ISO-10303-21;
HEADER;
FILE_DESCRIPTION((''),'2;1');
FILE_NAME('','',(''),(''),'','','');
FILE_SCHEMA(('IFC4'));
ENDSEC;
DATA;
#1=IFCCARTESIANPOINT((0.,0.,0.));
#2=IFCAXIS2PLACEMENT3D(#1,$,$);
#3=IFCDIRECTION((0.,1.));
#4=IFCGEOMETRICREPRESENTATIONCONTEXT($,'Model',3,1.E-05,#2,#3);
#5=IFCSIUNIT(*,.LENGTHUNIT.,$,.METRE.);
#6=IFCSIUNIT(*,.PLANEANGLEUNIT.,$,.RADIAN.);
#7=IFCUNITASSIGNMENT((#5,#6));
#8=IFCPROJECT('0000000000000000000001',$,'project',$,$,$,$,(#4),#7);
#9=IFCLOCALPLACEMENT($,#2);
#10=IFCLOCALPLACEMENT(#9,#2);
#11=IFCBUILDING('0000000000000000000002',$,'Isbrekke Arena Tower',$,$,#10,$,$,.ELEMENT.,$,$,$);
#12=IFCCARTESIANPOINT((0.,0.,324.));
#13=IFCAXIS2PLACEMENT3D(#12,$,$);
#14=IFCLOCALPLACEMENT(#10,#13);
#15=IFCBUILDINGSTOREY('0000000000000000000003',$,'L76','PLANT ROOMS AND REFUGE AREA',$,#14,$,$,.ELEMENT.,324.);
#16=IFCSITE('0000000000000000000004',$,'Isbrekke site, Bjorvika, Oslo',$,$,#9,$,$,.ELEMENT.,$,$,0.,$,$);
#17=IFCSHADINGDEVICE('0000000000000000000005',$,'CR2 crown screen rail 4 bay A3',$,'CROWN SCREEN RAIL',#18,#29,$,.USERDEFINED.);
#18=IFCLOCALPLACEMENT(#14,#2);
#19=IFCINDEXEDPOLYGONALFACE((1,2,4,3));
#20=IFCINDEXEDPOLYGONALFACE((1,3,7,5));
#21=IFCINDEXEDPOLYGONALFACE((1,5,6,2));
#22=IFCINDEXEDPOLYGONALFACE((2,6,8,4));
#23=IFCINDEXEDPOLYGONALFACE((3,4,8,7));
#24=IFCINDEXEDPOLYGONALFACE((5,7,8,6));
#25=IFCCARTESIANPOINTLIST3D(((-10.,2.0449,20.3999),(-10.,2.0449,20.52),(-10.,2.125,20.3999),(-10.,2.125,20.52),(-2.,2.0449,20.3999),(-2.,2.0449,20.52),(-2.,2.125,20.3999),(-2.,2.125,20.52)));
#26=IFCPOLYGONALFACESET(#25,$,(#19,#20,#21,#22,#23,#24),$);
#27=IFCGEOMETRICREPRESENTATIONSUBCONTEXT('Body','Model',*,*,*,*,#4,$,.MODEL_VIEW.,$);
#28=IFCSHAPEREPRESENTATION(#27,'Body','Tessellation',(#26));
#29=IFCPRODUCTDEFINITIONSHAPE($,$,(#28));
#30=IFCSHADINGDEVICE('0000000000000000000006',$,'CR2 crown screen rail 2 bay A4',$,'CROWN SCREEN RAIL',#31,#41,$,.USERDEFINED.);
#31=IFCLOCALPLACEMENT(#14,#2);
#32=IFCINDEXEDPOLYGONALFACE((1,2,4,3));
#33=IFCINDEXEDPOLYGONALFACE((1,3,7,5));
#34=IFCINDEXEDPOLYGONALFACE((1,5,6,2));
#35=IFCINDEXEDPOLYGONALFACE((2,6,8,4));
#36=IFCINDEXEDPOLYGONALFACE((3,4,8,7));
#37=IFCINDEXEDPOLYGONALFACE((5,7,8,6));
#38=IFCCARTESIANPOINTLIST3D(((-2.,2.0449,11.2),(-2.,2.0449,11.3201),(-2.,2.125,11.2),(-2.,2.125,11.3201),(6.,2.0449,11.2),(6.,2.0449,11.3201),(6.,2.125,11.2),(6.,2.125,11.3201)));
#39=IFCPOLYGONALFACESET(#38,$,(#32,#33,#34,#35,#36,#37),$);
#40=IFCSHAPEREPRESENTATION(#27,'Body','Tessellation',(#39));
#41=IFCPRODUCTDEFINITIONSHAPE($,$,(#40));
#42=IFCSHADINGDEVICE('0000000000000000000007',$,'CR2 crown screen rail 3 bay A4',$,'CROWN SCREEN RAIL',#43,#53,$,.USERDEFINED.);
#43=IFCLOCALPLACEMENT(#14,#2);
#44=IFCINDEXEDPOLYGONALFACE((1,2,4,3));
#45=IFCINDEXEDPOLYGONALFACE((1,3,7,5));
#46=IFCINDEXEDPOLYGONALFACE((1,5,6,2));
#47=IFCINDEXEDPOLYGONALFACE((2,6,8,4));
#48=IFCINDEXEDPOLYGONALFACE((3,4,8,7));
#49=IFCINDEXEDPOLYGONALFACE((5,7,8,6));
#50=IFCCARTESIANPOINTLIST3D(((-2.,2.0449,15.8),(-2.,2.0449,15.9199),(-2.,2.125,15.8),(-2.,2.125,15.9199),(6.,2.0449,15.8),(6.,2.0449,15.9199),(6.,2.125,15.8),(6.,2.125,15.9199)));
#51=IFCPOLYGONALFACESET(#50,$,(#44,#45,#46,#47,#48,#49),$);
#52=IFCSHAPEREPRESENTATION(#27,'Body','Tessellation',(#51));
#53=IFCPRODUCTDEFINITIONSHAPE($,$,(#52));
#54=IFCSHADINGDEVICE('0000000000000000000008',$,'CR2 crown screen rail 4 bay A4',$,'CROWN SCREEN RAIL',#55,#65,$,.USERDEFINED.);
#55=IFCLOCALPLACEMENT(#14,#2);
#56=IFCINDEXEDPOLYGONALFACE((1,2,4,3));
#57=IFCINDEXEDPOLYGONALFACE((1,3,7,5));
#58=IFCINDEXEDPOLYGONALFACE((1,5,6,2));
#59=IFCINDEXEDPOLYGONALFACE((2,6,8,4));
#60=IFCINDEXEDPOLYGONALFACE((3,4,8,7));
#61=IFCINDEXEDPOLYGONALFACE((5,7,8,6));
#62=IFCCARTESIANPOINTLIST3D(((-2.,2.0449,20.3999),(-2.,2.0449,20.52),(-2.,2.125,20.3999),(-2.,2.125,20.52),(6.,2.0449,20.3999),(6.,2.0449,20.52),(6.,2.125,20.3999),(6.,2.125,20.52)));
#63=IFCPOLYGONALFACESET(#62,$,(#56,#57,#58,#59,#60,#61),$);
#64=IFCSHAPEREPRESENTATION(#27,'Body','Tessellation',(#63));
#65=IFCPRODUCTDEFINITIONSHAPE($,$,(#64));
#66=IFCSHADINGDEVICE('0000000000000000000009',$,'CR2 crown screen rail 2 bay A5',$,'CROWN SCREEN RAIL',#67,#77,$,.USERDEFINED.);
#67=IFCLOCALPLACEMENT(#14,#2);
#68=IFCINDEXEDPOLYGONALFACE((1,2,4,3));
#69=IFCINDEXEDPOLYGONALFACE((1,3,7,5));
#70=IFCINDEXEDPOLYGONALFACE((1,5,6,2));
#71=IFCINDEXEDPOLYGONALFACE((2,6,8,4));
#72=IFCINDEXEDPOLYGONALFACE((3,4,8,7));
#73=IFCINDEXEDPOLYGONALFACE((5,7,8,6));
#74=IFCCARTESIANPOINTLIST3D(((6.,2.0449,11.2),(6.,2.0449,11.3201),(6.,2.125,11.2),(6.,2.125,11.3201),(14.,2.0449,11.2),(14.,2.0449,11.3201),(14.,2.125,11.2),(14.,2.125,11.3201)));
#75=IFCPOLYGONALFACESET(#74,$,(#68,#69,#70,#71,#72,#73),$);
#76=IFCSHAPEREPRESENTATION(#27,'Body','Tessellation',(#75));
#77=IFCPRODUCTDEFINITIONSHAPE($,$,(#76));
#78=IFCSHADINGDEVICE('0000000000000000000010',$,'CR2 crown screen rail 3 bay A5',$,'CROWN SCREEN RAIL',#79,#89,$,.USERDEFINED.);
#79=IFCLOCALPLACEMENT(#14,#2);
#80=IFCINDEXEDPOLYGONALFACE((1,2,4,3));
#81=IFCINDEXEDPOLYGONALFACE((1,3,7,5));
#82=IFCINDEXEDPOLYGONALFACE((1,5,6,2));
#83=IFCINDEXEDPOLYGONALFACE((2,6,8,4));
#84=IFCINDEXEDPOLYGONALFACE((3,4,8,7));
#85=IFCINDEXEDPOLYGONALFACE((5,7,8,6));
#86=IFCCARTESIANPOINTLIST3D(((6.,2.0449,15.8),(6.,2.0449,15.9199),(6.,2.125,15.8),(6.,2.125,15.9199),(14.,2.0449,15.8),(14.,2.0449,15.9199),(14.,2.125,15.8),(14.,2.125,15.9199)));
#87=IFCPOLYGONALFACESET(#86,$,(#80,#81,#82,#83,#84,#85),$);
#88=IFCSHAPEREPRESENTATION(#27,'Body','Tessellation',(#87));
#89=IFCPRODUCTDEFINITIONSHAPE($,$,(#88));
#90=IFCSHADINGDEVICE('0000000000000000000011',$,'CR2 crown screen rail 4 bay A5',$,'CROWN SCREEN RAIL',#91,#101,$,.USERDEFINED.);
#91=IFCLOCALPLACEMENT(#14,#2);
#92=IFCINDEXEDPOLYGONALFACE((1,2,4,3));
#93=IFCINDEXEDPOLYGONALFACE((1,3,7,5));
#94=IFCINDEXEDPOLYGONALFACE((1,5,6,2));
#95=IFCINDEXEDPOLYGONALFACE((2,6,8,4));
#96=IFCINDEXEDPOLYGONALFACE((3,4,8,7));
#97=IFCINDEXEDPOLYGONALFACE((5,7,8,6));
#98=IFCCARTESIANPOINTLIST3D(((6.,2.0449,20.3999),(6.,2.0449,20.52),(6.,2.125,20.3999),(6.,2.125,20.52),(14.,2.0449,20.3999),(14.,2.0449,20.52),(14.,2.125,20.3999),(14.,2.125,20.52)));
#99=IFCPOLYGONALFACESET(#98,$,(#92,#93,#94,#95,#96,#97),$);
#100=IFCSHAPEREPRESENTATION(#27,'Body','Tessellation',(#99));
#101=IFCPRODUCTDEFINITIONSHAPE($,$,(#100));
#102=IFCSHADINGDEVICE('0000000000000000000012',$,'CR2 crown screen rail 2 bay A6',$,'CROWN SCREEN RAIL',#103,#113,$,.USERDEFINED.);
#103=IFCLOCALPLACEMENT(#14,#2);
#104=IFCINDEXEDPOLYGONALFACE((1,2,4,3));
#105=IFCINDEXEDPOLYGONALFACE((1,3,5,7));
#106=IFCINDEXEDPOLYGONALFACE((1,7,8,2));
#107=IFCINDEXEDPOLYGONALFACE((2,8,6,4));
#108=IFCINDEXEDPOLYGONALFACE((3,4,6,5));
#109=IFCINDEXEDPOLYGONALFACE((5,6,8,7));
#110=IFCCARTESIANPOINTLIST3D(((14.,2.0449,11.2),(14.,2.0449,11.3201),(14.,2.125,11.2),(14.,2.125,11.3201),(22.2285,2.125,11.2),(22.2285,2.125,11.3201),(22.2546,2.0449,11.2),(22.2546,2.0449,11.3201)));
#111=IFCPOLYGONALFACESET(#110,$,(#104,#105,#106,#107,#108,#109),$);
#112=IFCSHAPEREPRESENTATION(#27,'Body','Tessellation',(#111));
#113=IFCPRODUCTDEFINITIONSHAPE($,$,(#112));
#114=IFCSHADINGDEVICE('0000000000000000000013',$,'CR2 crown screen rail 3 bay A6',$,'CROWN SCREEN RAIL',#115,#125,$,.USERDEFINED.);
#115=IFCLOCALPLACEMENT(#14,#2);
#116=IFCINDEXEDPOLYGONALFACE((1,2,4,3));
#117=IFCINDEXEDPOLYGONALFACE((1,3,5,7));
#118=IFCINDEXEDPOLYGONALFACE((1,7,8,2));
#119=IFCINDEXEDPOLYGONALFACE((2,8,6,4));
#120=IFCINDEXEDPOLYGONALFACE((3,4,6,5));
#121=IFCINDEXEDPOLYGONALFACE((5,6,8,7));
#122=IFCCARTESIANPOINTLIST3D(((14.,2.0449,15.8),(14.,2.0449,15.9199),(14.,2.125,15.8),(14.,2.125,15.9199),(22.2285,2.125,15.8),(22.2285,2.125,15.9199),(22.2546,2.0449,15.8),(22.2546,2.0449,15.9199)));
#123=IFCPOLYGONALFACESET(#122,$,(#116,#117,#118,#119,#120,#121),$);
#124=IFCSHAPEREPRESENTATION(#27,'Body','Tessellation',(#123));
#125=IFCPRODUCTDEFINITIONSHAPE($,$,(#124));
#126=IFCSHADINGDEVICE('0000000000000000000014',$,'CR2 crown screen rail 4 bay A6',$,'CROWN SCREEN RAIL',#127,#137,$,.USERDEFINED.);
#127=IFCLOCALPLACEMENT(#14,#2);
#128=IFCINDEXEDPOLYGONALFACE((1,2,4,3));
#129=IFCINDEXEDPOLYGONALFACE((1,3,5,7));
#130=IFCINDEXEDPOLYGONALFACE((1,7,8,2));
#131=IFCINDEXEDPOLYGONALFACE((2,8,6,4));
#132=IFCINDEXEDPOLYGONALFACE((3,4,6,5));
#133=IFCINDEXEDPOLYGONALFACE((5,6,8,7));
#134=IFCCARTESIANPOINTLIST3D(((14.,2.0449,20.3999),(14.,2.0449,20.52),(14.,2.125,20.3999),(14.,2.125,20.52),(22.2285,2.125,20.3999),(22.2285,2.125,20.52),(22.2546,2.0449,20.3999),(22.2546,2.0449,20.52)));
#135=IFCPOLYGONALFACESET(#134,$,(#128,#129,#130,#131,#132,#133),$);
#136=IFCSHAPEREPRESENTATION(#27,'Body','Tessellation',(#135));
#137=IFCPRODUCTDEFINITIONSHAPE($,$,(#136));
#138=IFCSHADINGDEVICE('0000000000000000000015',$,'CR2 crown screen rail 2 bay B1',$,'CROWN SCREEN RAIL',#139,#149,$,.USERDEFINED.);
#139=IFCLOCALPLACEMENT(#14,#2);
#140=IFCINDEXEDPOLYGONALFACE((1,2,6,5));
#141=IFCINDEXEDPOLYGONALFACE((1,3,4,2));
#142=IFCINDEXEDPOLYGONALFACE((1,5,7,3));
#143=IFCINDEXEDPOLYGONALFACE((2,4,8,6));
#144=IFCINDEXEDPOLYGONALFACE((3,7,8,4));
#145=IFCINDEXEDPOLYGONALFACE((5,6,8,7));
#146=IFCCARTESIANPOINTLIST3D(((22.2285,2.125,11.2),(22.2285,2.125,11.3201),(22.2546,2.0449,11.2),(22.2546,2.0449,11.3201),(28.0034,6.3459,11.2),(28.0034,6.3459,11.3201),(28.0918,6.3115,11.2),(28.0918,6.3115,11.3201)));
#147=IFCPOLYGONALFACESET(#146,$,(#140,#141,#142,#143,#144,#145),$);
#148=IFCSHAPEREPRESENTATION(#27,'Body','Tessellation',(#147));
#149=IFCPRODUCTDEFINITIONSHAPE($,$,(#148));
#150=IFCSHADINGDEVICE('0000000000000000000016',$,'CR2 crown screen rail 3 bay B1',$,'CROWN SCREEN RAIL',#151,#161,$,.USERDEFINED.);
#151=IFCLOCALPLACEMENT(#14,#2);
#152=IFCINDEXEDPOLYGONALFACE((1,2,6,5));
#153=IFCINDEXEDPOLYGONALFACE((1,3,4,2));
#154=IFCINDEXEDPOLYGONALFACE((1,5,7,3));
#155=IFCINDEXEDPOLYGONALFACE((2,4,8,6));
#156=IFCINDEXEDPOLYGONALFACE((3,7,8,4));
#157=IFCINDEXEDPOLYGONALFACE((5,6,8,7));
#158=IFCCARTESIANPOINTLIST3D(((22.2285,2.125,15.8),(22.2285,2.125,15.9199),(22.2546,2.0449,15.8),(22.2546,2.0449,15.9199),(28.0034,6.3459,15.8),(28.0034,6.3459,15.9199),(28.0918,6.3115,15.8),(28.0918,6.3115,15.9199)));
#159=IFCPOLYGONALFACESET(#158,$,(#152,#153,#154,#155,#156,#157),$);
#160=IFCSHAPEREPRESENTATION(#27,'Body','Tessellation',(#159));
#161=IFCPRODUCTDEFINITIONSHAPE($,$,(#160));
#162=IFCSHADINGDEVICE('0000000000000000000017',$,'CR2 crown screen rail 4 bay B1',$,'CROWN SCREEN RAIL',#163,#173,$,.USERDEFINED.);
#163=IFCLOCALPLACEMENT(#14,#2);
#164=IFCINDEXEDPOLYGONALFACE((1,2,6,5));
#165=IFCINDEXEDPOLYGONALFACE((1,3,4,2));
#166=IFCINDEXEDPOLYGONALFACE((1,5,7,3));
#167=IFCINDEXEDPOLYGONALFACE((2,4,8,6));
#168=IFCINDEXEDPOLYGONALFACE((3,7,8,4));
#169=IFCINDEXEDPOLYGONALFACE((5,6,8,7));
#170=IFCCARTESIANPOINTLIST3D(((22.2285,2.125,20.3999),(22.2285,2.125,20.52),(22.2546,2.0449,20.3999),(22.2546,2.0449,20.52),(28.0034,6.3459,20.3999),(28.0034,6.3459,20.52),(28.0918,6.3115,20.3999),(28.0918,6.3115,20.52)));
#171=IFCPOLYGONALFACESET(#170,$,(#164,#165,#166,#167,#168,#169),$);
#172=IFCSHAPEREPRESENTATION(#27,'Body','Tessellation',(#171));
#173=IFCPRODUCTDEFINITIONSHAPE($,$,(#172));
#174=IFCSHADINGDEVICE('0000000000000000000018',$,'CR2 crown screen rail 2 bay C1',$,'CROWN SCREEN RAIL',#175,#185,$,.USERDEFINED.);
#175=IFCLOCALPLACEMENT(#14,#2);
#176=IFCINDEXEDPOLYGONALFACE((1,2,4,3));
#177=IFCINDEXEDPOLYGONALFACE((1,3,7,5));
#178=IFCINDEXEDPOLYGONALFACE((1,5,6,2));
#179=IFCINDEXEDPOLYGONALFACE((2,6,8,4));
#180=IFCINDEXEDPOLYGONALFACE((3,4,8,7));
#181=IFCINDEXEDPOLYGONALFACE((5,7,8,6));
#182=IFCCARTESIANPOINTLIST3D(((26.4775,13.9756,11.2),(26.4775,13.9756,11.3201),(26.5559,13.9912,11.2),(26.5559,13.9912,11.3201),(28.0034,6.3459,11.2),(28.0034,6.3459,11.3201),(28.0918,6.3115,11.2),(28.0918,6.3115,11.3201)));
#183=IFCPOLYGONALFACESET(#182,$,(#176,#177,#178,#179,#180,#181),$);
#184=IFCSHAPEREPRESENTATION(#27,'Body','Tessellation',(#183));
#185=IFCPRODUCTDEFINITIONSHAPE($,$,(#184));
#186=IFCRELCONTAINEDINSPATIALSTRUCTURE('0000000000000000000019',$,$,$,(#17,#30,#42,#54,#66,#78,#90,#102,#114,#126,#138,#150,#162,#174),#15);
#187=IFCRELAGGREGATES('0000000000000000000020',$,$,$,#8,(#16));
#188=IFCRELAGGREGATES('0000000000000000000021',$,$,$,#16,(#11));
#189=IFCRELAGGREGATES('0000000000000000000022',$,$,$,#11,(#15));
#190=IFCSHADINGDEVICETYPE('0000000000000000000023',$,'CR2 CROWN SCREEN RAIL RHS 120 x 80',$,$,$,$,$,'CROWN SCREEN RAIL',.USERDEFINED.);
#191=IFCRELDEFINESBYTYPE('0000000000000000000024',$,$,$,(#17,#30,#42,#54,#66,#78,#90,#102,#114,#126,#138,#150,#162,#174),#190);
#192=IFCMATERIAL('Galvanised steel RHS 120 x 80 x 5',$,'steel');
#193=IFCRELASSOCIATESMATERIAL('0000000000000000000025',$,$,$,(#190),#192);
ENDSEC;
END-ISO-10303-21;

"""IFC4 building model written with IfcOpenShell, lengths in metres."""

from ifc_helpers import new_model, si_unit, direction, frame, origin, place, context, subcontext, project, spatial, polyline, outline, extrude, material, type_object, element, save


model = new_model("IFC4")

# Units and contexts
model_context = context("Model", 3, precision=1e-05, world=origin(), true_north=direction((0.0, 1.0)))
body_context = subcontext(model_context, "Body", "Model", "MODEL_VIEW")
ifc_project = project(units=[si_unit("LENGTHUNIT", "METRE"), si_unit("PLANEANGLEUNIT", "RADIAN")], contexts=[model_context])

# Site, building, storey
site_placement = place(None, origin())
site = spatial("IfcSite", under=ifc_project, at=site_placement, Name="Isbrekke site, Bjorvika, Oslo", CompositionType="ELEMENT", RefElevation=0.0)
building_placement = place(site_placement, origin())
building = spatial("IfcBuilding", under=site, at=building_placement, Name="Isbrekke Arena Tower", CompositionType="ELEMENT")
storey_placement = place(building_placement, frame((0.0, 0.0, 324.0)))
storey = spatial("IfcBuildingStorey", under=building, at=storey_placement, Name="L76", Description="PLANT ROOMS AND REFUGE AREA", CompositionType="ELEMENT", Elevation=324.0)

# Shading devices
ifc_material_1 = material(Name="Galvanised steel RHS 120 x 80 x 5", Category="steel")
shading_device_type_1 = type_object("IfcShadingDeviceType", Name="CR2 CROWN SCREEN RAIL RHS 120 x 80", ElementType="CROWN SCREEN RAIL", PredefinedType="USERDEFINED", material=ifc_material_1)
shading_device_1_placement = place(storey_placement, frame((0.0, 0.0, 20.3999)))
element("IfcShadingDevice", 1, at=shading_device_1_placement, inside=storey, type_object=shading_device_type_1, Name="CR2 crown screen rail 4 bay A3", ObjectType="CROWN SCREEN RAIL", PredefinedType="USERDEFINED", context=body_context, shape_type="SweptSolid", body=[
    extrude(outline(polyline([(-10.0, 2.125), (-2.0, 2.125), (-2.0, 2.0449), (-10.0, 2.0449), (-10.0, 2.125)])), origin(), (0.0, 0.0, 1.0), 0.1201),
])
shading_device_2_placement = place(storey_placement, frame((0.0, 0.0, 11.2)))
element("IfcShadingDevice", 2, at=shading_device_2_placement, inside=storey, type_object=shading_device_type_1, Name="CR2 crown screen rail 2 bay A4", ObjectType="CROWN SCREEN RAIL", PredefinedType="USERDEFINED", context=body_context, shape_type="SweptSolid", body=[
    extrude(outline(polyline([(-2.0, 2.125), (6.0, 2.125), (6.0, 2.0449), (-2.0, 2.0449), (-2.0, 2.125)])), origin(), (0.0, 0.0, 1.0), 0.1201),
])
shading_device_3_placement = place(storey_placement, frame((0.0, 0.0, 15.8)))
element("IfcShadingDevice", 3, at=shading_device_3_placement, inside=storey, type_object=shading_device_type_1, Name="CR2 crown screen rail 3 bay A4", ObjectType="CROWN SCREEN RAIL", PredefinedType="USERDEFINED", context=body_context, shape_type="SweptSolid", body=[
    extrude(outline(polyline([(-2.0, 2.125), (6.0, 2.125), (6.0, 2.0449), (-2.0, 2.0449), (-2.0, 2.125)])), origin(), (0.0, 0.0, 1.0), 0.1199),
])
shading_device_4_placement = place(storey_placement, frame((0.0, 0.0, 20.3999)))
element("IfcShadingDevice", 4, at=shading_device_4_placement, inside=storey, type_object=shading_device_type_1, Name="CR2 crown screen rail 4 bay A4", ObjectType="CROWN SCREEN RAIL", PredefinedType="USERDEFINED", context=body_context, shape_type="SweptSolid", body=[
    extrude(outline(polyline([(-2.0, 2.125), (6.0, 2.125), (6.0, 2.0449), (-2.0, 2.0449), (-2.0, 2.125)])), origin(), (0.0, 0.0, 1.0), 0.1201),
])
shading_device_5_placement = place(storey_placement, frame((0.0, 0.0, 11.2)))
element("IfcShadingDevice", 5, at=shading_device_5_placement, inside=storey, type_object=shading_device_type_1, Name="CR2 crown screen rail 2 bay A5", ObjectType="CROWN SCREEN RAIL", PredefinedType="USERDEFINED", context=body_context, shape_type="SweptSolid", body=[
    extrude(outline(polyline([(6.0, 2.125), (14.0, 2.125), (14.0, 2.0449), (6.0, 2.0449), (6.0, 2.125)])), origin(), (0.0, 0.0, 1.0), 0.1201),
])
shading_device_6_placement = place(storey_placement, frame((0.0, 0.0, 15.8)))
element("IfcShadingDevice", 6, at=shading_device_6_placement, inside=storey, type_object=shading_device_type_1, Name="CR2 crown screen rail 3 bay A5", ObjectType="CROWN SCREEN RAIL", PredefinedType="USERDEFINED", context=body_context, shape_type="SweptSolid", body=[
    extrude(outline(polyline([(6.0, 2.125), (14.0, 2.125), (14.0, 2.0449), (6.0, 2.0449), (6.0, 2.125)])), origin(), (0.0, 0.0, 1.0), 0.1199),
])
shading_device_7_placement = place(storey_placement, frame((0.0, 0.0, 20.3999)))
element("IfcShadingDevice", 7, at=shading_device_7_placement, inside=storey, type_object=shading_device_type_1, Name="CR2 crown screen rail 4 bay A5", ObjectType="CROWN SCREEN RAIL", PredefinedType="USERDEFINED", context=body_context, shape_type="SweptSolid", body=[
    extrude(outline(polyline([(6.0, 2.125), (14.0, 2.125), (14.0, 2.0449), (6.0, 2.0449), (6.0, 2.125)])), origin(), (0.0, 0.0, 1.0), 0.1201),
])
shading_device_8_placement = place(storey_placement, frame((0.0, 0.0, 11.2)))
element("IfcShadingDevice", 8, at=shading_device_8_placement, inside=storey, type_object=shading_device_type_1, Name="CR2 crown screen rail 2 bay A6", ObjectType="CROWN SCREEN RAIL", PredefinedType="USERDEFINED", context=body_context, shape_type="SweptSolid", body=[
    extrude(outline(polyline([(14.0, 2.125), (22.2285, 2.125), (22.2546, 2.0449), (14.0, 2.0449), (14.0, 2.125)])), origin(), (0.0, 0.0, 1.0), 0.1201),
])
shading_device_9_placement = place(storey_placement, frame((0.0, 0.0, 15.8)))
element("IfcShadingDevice", 9, at=shading_device_9_placement, inside=storey, type_object=shading_device_type_1, Name="CR2 crown screen rail 3 bay A6", ObjectType="CROWN SCREEN RAIL", PredefinedType="USERDEFINED", context=body_context, shape_type="SweptSolid", body=[
    extrude(outline(polyline([(14.0, 2.125), (22.2285, 2.125), (22.2546, 2.0449), (14.0, 2.0449), (14.0, 2.125)])), origin(), (0.0, 0.0, 1.0), 0.1199),
])
shading_device_10_placement = place(storey_placement, frame((0.0, 0.0, 20.3999)))
element("IfcShadingDevice", 10, at=shading_device_10_placement, inside=storey, type_object=shading_device_type_1, Name="CR2 crown screen rail 4 bay A6", ObjectType="CROWN SCREEN RAIL", PredefinedType="USERDEFINED", context=body_context, shape_type="SweptSolid", body=[
    extrude(outline(polyline([(14.0, 2.125), (22.2285, 2.125), (22.2546, 2.0449), (14.0, 2.0449), (14.0, 2.125)])), origin(), (0.0, 0.0, 1.0), 0.1201),
])
shading_device_11_placement = place(storey_placement, frame((0.0, 0.0, 11.2)))
element("IfcShadingDevice", 11, at=shading_device_11_placement, inside=storey, type_object=shading_device_type_1, Name="CR2 crown screen rail 2 bay B1", ObjectType="CROWN SCREEN RAIL", PredefinedType="USERDEFINED", context=body_context, shape_type="SweptSolid", body=[
    extrude(outline(polyline([(22.2285, 2.125), (28.0034, 6.3459), (28.0918, 6.3115), (22.2546, 2.0449), (22.2285, 2.125)])), origin(), (0.0, 0.0, 1.0), 0.1201),
])
shading_device_12_placement = place(storey_placement, frame((0.0, 0.0, 15.8)))
element("IfcShadingDevice", 12, at=shading_device_12_placement, inside=storey, type_object=shading_device_type_1, Name="CR2 crown screen rail 3 bay B1", ObjectType="CROWN SCREEN RAIL", PredefinedType="USERDEFINED", context=body_context, shape_type="SweptSolid", body=[
    extrude(outline(polyline([(22.2285, 2.125), (28.0034, 6.3459), (28.0918, 6.3115), (22.2546, 2.0449), (22.2285, 2.125)])), origin(), (0.0, 0.0, 1.0), 0.1199),
])
shading_device_13_placement = place(storey_placement, frame((0.0, 0.0, 20.3999)))
element("IfcShadingDevice", 13, at=shading_device_13_placement, inside=storey, type_object=shading_device_type_1, Name="CR2 crown screen rail 4 bay B1", ObjectType="CROWN SCREEN RAIL", PredefinedType="USERDEFINED", context=body_context, shape_type="SweptSolid", body=[
    extrude(outline(polyline([(22.2285, 2.125), (28.0034, 6.3459), (28.0918, 6.3115), (22.2546, 2.0449), (22.2285, 2.125)])), origin(), (0.0, 0.0, 1.0), 0.1201),
])
shading_device_14_placement = place(storey_placement, frame((0.0, 0.0, 11.2)))
element("IfcShadingDevice", 14, at=shading_device_14_placement, inside=storey, type_object=shading_device_type_1, Name="CR2 crown screen rail 2 bay C1", ObjectType="CROWN SCREEN RAIL", PredefinedType="USERDEFINED", context=body_context, shape_type="SweptSolid", body=[
    extrude(outline(polyline([(28.0034, 6.3459), (26.4775, 13.9756), (26.5559, 13.9912), (28.0918, 6.3115), (28.0034, 6.3459)])), origin(), (0.0, 0.0, 1.0), 0.1201),
])

save(model, "model.ifc")
